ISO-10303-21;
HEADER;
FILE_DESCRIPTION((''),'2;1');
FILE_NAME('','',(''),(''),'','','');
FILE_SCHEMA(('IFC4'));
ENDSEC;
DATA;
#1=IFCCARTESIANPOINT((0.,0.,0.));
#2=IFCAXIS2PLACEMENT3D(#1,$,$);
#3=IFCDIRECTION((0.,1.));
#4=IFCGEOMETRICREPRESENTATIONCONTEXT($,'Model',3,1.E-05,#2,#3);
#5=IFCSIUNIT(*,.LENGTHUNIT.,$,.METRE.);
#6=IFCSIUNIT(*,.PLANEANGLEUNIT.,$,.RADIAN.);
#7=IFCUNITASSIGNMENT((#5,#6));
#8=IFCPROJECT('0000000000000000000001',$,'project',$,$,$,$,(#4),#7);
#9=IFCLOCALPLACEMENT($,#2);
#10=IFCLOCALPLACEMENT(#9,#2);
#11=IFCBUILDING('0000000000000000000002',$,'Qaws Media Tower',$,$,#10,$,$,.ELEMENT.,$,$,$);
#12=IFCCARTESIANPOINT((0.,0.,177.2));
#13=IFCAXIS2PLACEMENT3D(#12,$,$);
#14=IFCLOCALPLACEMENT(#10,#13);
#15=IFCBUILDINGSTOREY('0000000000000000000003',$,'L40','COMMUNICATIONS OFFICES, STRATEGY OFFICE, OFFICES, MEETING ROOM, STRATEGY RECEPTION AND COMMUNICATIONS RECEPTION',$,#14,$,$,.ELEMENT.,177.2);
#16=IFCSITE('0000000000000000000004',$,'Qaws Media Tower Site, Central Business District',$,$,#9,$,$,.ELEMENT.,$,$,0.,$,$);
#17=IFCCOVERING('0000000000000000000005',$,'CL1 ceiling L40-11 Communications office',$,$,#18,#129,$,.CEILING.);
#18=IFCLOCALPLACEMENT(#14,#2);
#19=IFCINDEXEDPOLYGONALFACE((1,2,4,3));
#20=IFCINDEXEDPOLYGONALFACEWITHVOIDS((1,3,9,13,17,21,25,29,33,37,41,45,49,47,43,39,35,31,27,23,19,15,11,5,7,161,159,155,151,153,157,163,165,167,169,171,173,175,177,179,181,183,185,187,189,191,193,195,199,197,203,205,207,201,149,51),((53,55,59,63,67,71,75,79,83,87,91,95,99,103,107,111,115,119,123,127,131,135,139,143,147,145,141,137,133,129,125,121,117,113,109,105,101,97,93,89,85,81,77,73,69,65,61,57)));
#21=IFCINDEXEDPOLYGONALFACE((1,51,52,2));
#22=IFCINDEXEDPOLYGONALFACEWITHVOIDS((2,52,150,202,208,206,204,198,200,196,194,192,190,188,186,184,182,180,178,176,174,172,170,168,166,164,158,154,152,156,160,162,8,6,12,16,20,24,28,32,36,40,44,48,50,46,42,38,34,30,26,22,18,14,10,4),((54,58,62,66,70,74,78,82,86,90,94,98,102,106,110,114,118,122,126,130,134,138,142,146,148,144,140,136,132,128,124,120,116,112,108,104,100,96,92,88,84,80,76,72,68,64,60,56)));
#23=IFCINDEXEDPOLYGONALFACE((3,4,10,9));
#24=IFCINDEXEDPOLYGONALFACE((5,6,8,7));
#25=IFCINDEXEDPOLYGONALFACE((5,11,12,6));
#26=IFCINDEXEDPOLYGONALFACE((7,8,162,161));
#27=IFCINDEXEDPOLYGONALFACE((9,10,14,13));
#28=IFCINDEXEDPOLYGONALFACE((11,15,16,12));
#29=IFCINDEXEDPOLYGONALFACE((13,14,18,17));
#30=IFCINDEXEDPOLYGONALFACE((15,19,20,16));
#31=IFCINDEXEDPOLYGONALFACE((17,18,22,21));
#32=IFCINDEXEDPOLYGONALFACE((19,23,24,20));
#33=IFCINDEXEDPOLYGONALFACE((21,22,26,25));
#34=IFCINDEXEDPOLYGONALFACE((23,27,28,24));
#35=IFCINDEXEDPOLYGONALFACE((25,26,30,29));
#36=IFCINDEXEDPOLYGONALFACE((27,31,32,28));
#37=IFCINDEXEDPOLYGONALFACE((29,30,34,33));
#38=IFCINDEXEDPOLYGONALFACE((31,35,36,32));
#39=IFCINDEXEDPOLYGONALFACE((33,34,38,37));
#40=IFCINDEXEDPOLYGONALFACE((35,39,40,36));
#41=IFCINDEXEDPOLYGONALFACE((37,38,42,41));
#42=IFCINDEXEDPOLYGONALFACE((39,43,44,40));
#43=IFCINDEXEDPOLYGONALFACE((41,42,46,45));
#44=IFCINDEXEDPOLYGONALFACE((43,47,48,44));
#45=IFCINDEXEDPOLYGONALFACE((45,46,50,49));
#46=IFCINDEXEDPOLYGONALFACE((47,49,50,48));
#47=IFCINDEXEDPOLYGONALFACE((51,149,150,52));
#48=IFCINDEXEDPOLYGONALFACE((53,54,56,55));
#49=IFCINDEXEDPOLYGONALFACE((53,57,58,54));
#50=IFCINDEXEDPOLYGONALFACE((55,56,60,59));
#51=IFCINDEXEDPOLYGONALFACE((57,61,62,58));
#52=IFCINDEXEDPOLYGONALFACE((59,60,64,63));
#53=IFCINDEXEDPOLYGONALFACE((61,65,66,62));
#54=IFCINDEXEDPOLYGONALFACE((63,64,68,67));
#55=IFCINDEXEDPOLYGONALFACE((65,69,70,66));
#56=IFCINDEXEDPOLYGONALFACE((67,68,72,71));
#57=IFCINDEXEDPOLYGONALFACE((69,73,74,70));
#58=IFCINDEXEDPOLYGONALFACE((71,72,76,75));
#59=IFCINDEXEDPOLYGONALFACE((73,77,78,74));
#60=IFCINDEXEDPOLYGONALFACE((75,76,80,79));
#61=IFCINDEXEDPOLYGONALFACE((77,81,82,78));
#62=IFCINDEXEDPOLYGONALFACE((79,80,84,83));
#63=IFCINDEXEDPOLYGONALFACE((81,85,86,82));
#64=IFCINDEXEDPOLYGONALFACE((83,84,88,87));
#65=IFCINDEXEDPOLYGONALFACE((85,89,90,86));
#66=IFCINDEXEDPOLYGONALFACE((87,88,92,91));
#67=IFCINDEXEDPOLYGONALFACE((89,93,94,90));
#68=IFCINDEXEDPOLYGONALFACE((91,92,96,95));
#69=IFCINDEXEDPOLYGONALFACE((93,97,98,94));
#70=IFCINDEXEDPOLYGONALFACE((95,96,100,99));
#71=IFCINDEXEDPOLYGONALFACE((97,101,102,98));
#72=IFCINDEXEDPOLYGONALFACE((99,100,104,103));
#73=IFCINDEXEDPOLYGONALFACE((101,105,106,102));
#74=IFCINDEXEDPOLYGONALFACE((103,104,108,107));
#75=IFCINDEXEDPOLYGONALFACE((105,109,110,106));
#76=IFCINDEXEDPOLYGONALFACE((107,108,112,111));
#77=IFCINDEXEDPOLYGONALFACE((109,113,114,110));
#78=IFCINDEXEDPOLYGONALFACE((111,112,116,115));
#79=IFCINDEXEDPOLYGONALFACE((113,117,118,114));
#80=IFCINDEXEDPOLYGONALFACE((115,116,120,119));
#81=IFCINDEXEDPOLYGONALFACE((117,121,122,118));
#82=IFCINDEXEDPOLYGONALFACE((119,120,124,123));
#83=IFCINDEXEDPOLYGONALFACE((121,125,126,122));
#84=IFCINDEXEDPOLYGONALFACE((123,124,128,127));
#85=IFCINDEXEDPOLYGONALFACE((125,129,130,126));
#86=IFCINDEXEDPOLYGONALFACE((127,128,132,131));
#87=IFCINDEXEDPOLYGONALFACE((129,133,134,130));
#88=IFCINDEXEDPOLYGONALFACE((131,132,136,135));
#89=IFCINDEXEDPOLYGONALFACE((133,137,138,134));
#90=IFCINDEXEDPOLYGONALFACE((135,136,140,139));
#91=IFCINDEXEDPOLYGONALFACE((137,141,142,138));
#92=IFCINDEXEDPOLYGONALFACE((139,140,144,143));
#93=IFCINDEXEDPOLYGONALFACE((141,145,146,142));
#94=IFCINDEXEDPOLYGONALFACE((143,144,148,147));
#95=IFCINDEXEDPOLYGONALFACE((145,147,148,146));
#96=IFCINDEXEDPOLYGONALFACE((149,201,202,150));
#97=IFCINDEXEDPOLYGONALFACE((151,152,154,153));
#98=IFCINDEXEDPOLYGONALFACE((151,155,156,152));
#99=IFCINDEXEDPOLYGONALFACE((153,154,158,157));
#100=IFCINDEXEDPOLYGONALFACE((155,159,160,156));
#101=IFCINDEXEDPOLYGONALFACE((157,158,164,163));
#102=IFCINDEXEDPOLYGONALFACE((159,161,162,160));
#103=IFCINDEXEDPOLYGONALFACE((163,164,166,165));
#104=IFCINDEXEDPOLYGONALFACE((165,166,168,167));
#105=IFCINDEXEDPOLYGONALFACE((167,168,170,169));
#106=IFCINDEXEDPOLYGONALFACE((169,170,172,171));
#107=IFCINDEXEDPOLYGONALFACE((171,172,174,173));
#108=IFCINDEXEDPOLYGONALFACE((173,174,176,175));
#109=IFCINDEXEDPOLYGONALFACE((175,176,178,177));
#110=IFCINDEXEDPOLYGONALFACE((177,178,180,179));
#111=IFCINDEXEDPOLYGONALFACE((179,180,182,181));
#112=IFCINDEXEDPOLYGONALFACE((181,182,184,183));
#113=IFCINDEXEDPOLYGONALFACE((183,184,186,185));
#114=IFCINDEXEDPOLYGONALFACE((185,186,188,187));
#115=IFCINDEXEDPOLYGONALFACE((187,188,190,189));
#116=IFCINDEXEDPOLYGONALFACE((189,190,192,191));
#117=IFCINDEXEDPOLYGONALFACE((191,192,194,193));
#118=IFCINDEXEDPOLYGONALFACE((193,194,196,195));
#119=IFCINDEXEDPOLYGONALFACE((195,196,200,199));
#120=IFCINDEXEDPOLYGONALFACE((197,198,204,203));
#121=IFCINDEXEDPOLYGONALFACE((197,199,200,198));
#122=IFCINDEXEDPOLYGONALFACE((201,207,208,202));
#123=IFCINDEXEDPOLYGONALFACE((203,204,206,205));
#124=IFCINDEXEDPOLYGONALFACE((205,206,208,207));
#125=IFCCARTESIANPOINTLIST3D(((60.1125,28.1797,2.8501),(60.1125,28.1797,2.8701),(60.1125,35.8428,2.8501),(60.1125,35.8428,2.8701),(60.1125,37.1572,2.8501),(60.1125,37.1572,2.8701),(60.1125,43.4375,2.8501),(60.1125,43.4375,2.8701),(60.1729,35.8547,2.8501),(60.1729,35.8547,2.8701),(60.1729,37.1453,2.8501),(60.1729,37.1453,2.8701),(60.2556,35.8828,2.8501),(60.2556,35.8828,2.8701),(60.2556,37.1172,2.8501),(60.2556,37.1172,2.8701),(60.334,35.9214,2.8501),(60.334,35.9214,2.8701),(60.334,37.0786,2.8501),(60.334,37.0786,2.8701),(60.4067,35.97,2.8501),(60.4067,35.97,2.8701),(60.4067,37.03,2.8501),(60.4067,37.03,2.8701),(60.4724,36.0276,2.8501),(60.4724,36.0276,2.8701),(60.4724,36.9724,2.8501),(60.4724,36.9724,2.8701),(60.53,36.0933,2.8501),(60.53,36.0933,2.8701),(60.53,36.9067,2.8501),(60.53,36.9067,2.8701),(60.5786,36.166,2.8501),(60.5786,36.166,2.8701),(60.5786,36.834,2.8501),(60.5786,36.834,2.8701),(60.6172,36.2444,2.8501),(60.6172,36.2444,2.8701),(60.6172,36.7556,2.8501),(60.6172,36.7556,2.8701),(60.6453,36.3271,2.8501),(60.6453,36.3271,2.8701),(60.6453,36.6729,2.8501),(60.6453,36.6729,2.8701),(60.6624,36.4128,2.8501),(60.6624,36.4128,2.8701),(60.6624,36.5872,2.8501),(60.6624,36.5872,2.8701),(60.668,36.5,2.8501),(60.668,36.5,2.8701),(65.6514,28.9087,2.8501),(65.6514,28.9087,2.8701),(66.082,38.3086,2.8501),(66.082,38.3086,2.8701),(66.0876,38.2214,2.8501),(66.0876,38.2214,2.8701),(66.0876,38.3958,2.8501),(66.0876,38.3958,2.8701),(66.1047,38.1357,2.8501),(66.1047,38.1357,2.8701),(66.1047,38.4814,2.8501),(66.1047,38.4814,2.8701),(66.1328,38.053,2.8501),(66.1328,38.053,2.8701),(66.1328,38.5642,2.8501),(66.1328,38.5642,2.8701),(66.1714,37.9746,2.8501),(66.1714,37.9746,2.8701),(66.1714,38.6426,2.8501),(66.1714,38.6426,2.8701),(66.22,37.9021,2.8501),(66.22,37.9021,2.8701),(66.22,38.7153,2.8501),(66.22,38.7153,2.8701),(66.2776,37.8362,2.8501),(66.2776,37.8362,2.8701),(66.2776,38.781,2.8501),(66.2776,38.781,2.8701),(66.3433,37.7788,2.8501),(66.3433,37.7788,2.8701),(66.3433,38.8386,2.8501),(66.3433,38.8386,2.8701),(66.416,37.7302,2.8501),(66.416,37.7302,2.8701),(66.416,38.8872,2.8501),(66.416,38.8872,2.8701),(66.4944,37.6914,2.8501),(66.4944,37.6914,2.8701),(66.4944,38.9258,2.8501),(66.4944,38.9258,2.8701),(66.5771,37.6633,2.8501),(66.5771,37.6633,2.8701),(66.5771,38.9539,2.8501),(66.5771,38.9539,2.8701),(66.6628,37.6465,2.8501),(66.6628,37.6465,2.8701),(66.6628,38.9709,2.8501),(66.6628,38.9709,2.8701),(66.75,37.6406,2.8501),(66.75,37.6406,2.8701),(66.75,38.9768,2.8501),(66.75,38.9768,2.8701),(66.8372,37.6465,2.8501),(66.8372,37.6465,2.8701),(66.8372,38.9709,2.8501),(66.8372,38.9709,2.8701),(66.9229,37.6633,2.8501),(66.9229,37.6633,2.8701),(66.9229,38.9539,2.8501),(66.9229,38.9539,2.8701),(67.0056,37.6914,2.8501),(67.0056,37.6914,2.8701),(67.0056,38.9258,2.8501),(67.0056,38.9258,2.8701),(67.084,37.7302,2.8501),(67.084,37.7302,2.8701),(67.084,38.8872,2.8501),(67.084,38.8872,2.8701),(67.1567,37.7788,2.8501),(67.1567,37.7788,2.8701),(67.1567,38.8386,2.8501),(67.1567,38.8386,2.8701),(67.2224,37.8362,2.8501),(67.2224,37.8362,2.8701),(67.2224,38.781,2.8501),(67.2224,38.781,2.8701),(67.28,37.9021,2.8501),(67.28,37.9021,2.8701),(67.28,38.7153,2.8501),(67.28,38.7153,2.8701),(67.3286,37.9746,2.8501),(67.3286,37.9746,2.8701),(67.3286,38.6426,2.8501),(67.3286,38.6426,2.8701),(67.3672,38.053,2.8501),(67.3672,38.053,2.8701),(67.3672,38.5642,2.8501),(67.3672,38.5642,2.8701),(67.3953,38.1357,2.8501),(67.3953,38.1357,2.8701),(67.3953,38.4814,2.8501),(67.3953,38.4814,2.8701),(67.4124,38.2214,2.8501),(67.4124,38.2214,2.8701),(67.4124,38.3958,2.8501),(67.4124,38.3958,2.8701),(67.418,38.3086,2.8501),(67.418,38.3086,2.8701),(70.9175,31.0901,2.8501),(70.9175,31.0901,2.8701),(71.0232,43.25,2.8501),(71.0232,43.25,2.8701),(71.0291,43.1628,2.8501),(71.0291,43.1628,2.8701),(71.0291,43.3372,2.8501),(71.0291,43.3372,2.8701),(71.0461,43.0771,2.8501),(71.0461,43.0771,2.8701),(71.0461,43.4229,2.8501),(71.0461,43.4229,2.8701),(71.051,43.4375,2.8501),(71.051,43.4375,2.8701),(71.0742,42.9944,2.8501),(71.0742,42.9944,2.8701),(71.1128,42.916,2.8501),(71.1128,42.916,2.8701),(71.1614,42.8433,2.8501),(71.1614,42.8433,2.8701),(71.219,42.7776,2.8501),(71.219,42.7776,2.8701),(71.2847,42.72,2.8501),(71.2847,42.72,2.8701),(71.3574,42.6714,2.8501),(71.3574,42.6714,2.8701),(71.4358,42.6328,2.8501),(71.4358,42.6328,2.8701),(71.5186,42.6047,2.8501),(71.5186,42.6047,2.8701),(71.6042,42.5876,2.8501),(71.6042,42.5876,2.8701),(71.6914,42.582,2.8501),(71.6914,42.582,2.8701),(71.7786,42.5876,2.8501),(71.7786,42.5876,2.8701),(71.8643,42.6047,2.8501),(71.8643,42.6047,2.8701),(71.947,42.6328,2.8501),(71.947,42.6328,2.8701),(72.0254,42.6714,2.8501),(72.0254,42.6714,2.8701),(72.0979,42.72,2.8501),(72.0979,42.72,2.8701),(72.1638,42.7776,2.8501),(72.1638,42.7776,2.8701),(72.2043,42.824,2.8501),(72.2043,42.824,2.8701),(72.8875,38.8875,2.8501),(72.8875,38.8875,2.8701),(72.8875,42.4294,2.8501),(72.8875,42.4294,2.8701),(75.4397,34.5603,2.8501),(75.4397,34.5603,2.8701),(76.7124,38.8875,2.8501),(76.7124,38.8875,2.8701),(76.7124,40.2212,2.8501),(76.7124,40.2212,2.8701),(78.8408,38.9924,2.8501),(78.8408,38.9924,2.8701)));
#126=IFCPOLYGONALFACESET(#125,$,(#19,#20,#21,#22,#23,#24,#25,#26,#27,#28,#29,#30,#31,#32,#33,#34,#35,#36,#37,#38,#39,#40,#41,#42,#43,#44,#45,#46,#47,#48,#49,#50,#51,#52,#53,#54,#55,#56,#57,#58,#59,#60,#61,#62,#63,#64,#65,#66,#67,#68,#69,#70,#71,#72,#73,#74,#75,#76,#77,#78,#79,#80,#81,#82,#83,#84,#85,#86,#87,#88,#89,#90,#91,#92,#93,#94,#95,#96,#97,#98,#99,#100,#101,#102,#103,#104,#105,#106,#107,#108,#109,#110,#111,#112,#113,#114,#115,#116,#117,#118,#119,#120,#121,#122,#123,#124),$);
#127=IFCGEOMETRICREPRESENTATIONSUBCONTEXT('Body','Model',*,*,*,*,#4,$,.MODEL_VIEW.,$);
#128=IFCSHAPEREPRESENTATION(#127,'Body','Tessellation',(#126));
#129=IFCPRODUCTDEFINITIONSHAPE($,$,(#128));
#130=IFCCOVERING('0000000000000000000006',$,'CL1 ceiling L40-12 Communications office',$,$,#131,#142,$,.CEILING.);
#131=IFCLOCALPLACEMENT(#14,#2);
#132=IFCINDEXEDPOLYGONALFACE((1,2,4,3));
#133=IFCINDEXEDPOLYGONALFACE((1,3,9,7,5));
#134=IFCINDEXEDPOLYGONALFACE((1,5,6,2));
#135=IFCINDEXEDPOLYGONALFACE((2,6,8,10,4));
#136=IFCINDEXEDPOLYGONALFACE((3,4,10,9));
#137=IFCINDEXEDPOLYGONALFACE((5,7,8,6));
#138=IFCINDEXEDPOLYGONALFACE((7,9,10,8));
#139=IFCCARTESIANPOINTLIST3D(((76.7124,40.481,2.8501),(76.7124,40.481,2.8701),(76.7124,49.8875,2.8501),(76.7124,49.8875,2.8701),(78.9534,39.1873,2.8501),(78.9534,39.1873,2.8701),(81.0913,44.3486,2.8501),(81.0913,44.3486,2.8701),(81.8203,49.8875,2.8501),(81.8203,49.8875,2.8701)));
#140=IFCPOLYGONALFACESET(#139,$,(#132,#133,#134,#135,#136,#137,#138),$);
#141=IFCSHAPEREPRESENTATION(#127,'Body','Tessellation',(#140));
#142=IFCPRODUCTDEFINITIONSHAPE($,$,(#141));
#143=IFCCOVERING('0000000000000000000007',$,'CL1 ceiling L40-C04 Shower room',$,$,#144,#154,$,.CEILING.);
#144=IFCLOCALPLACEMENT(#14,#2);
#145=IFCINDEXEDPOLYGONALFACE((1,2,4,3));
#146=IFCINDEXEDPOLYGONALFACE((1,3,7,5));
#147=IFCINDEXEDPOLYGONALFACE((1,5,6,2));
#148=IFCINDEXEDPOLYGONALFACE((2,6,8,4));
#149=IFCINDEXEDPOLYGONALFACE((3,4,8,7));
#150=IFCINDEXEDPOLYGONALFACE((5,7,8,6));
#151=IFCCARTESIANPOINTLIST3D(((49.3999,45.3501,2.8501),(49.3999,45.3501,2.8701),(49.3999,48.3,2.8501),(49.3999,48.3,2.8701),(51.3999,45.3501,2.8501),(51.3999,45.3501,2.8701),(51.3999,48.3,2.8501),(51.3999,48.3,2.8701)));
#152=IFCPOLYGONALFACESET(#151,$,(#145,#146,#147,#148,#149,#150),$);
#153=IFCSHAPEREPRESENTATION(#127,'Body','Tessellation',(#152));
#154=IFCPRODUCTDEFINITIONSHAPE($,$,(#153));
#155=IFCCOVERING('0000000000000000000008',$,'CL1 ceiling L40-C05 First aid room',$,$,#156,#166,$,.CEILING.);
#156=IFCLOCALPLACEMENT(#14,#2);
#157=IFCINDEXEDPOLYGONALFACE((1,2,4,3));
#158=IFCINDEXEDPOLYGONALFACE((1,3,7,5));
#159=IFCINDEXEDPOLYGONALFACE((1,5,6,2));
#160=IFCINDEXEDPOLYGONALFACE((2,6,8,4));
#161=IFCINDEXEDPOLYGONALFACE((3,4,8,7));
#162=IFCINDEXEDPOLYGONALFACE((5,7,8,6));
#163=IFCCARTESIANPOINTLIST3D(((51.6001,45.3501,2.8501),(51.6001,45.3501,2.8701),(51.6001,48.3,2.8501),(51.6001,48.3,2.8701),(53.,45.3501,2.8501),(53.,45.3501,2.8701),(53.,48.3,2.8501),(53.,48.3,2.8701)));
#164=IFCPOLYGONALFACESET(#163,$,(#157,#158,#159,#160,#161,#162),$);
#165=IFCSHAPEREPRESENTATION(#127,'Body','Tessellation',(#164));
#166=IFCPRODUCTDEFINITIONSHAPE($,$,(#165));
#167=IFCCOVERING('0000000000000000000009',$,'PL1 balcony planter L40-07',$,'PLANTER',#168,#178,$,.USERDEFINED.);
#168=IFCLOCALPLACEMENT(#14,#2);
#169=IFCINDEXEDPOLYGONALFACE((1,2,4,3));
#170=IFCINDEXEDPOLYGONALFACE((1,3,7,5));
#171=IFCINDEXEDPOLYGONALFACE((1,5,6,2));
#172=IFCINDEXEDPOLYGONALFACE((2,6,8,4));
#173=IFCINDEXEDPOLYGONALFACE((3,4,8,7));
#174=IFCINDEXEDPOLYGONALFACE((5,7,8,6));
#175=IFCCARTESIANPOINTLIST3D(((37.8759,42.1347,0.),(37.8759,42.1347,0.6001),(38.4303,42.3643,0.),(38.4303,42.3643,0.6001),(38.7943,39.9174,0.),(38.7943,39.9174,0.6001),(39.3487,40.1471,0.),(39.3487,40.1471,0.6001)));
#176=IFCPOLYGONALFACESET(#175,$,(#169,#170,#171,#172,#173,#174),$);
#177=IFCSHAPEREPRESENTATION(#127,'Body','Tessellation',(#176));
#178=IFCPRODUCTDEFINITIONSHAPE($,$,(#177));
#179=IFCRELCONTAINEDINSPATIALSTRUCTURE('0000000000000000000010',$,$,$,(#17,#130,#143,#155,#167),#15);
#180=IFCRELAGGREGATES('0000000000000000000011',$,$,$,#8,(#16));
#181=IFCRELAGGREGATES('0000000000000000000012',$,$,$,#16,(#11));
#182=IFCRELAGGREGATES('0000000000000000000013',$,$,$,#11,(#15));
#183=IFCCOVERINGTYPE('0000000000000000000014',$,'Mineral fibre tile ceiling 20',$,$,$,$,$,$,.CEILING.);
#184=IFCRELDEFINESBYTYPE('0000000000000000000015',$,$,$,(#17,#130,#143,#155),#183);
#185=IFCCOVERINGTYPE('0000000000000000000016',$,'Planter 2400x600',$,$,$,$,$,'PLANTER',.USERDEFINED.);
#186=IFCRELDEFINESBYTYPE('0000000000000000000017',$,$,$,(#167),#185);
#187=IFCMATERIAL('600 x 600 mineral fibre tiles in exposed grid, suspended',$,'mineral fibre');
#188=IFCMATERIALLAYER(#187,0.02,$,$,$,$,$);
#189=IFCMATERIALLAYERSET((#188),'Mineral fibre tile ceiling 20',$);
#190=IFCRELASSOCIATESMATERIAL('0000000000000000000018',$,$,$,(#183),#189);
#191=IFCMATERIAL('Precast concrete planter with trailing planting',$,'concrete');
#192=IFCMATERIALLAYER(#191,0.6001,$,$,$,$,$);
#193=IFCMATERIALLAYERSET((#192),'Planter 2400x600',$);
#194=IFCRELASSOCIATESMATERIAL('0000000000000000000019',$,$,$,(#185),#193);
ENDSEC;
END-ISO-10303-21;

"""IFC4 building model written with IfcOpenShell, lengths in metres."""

from ifc_helpers import new_model, si_unit, direction, frame, origin, origin_2d, place, context, subcontext, project, spatial, polyline, rectangle, outline, extrude, material, layer, layer_set, type_object, element, save


model = new_model("IFC4")

# Units and contexts
model_context = context("Model", 3, precision=1e-05, world=origin(), true_north=direction((0.0, 1.0)))
body_context = subcontext(model_context, "Body", "Model", "MODEL_VIEW")
ifc_project = project(units=[si_unit("LENGTHUNIT", "METRE"), si_unit("PLANEANGLEUNIT", "RADIAN")], contexts=[model_context])

# Site, building, storey
site_placement = place(None, origin())
site = spatial("IfcSite", under=ifc_project, at=site_placement, Name="Qaws Media Tower Site, Central Business District", CompositionType="ELEMENT", RefElevation=0.0)
building_placement = place(site_placement, origin())
building = spatial("IfcBuilding", under=site, at=building_placement, Name="Qaws Media Tower", CompositionType="ELEMENT")
storey_placement = place(building_placement, frame((0.0, 0.0, 177.2)))
storey = spatial("IfcBuildingStorey", under=building, at=storey_placement, Name="L40", Description="COMMUNICATIONS OFFICES, STRATEGY OFFICE, OFFICES, MEETING ROOM, STRATEGY RECEPTION AND COMMUNICATIONS RECEPTION", CompositionType="ELEMENT", Elevation=177.2)

# Coverings
ifc_material_1 = material(Name="600 x 600 mineral fibre tiles in exposed grid, suspended", Category="mineral fibre")
ifc_layer_1 = layer(ifc_material_1, 0.02)
ifc_layer_set_1 = layer_set([ifc_layer_1], Name="Mineral fibre tile ceiling 20")
covering_type_1 = type_object("IfcCoveringType", Name="Mineral fibre tile ceiling 20", PredefinedType="CEILING", material=ifc_layer_set_1)
covering_1_placement = place(storey_placement, frame((0.0, 0.0, 2.8501)))
element("IfcCovering", 1, at=covering_1_placement, inside=storey, type_object=covering_type_1, Name="CL1 ceiling L40-11 Communications office", PredefinedType="CEILING", context=body_context, shape_type="SweptSolid", body=[
    extrude(outline(polyline([(72.8875, 38.8875), (76.7124, 38.8875), (76.7124, 40.2212), (78.8408, 38.9924), (75.4397, 34.5603), (70.9175, 31.0901), (65.6514, 28.9087), (60.1125, 28.1797), (60.1125, 35.8428), (60.1729, 35.8547), (60.2556, 35.8828), (60.334, 35.9214), (60.4067, 35.97), (60.4724, 36.0276), (60.53, 36.0933), (60.5786, 36.166), (60.6172, 36.2444), (60.6453, 36.3271), (60.6624, 36.4128), (60.668, 36.5), (60.6624, 36.5872), (60.6453, 36.6729), (60.6172, 36.7556), (60.5786, 36.834), (60.53, 36.9067), (60.4724, 36.9724), (60.4067, 37.03), (60.334, 37.0786), (60.2556, 37.1172), (60.1729, 37.1453), (60.1125, 37.1572), (60.1125, 43.4375), (71.051, 43.4375), (71.0461, 43.4229), (71.0291, 43.3372), (71.0232, 43.25), (71.0291, 43.1628), (71.0461, 43.0771), (71.0742, 42.9944), (71.1128, 42.916), (71.1614, 42.8433), (71.219, 42.7776), (71.2847, 42.72), (71.3574, 42.6714), (71.4358, 42.6328), (71.5186, 42.6047), (71.6042, 42.5876), (71.6914, 42.582), (71.7786, 42.5876), (71.8643, 42.6047), (71.947, 42.6328), (72.0254, 42.6714), (72.0979, 42.72), (72.1638, 42.7776), (72.2043, 42.824), (72.8875, 42.4294), (72.8875, 38.8875)]), holes=[polyline([(67.3672, 38.053), (67.3953, 38.1357), (67.4124, 38.2214), (67.418, 38.3086), (67.4124, 38.3958), (67.3953, 38.4814), (67.3672, 38.5642), (67.3286, 38.6426), (67.28, 38.7153), (67.2224, 38.781), (67.1567, 38.8386), (67.084, 38.8872), (67.0056, 38.9258), (66.9229, 38.9539), (66.8372, 38.9709), (66.75, 38.9768), (66.6628, 38.9709), (66.5771, 38.9539), (66.4944, 38.9258), (66.416, 38.8872), (66.3433, 38.8386), (66.2776, 38.781), (66.22, 38.7153), (66.1714, 38.6426), (66.1328, 38.5642), (66.1047, 38.4814), (66.0876, 38.3958), (66.082, 38.3086), (66.0876, 38.2214), (66.1047, 38.1357), (66.1328, 38.053), (66.1714, 37.9746), (66.22, 37.9021), (66.2776, 37.8362), (66.3433, 37.7788), (66.416, 37.7302), (66.4944, 37.6914), (66.5771, 37.6633), (66.6628, 37.6465), (66.75, 37.6406), (66.8372, 37.6465), (66.9229, 37.6633), (67.0056, 37.6914), (67.084, 37.7302), (67.1567, 37.7788), (67.2224, 37.8362), (67.28, 37.9021), (67.3286, 37.9746), (67.3672, 38.053)])]), origin(), (0.0, 0.0, 1.0), 0.02),
])
covering_2_placement = place(storey_placement, frame((0.0, 0.0, 2.8501)))
element("IfcCovering", 2, at=covering_2_placement, inside=storey, type_object=covering_type_1, Name="CL1 ceiling L40-12 Communications office", PredefinedType="CEILING", context=body_context, shape_type="SweptSolid", body=[
    extrude(outline(polyline([(81.0913, 44.3486), (78.9534, 39.1873), (76.7124, 40.481), (76.7124, 49.8875), (81.8203, 49.8875), (81.0913, 44.3486)])), origin(), (0.0, 0.0, 1.0), 0.02),
])
covering_3_placement = place(storey_placement, frame((0.0, 0.0, 2.8501)))
element("IfcCovering", 3, at=covering_3_placement, inside=storey, type_object=covering_type_1, Name="CL1 ceiling L40-C04 Shower room", PredefinedType="CEILING", context=body_context, shape_type="SweptSolid", body=[
    extrude(outline(polyline([(49.3999, 45.3501), (49.3999, 48.3), (51.3999, 48.3), (51.3999, 45.3501), (49.3999, 45.3501)])), origin(), (0.0, 0.0, 1.0), 0.02),
])
covering_4_placement = place(storey_placement, frame((0.0, 0.0, 2.8501)))
element("IfcCovering", 4, at=covering_4_placement, inside=storey, type_object=covering_type_1, Name="CL1 ceiling L40-C05 First aid room", PredefinedType="CEILING", context=body_context, shape_type="SweptSolid", body=[
    extrude(outline(polyline([(51.6001, 45.3501), (51.6001, 48.3), (53.0, 48.3), (53.0, 45.3501), (51.6001, 45.3501)])), origin(), (0.0, 0.0, 1.0), 0.02),
])
ifc_material_2 = material(Name="Precast concrete planter with trailing planting", Category="concrete")
ifc_layer_2 = layer(ifc_material_2, 0.6001)
ifc_layer_set_2 = layer_set([ifc_layer_2], Name="Planter 2400x600")
covering_type_2 = type_object("IfcCoveringType", Name="Planter 2400x600", ElementType="PLANTER", PredefinedType="USERDEFINED", material=ifc_layer_set_2)
covering_5_placement = place(storey_placement, frame((38.6123, 41.1409, 0.0), z_axis=(0.0, 0.0, 1.0), x_axis=(0.382683, -0.92388, 0.0)))
element("IfcCovering", 5, at=covering_5_placement, inside=storey, type_object=covering_type_2, Name="PL1 balcony planter L40-07", ObjectType="PLANTER", PredefinedType="USERDEFINED", context=body_context, shape_type="SweptSolid", body=[
    extrude(rectangle(XDim=2.3999, YDim=0.6001, at=origin_2d()), origin(), (0.0, 0.0, 1.0), 0.6001),
])

save(model, "model.ifc")
